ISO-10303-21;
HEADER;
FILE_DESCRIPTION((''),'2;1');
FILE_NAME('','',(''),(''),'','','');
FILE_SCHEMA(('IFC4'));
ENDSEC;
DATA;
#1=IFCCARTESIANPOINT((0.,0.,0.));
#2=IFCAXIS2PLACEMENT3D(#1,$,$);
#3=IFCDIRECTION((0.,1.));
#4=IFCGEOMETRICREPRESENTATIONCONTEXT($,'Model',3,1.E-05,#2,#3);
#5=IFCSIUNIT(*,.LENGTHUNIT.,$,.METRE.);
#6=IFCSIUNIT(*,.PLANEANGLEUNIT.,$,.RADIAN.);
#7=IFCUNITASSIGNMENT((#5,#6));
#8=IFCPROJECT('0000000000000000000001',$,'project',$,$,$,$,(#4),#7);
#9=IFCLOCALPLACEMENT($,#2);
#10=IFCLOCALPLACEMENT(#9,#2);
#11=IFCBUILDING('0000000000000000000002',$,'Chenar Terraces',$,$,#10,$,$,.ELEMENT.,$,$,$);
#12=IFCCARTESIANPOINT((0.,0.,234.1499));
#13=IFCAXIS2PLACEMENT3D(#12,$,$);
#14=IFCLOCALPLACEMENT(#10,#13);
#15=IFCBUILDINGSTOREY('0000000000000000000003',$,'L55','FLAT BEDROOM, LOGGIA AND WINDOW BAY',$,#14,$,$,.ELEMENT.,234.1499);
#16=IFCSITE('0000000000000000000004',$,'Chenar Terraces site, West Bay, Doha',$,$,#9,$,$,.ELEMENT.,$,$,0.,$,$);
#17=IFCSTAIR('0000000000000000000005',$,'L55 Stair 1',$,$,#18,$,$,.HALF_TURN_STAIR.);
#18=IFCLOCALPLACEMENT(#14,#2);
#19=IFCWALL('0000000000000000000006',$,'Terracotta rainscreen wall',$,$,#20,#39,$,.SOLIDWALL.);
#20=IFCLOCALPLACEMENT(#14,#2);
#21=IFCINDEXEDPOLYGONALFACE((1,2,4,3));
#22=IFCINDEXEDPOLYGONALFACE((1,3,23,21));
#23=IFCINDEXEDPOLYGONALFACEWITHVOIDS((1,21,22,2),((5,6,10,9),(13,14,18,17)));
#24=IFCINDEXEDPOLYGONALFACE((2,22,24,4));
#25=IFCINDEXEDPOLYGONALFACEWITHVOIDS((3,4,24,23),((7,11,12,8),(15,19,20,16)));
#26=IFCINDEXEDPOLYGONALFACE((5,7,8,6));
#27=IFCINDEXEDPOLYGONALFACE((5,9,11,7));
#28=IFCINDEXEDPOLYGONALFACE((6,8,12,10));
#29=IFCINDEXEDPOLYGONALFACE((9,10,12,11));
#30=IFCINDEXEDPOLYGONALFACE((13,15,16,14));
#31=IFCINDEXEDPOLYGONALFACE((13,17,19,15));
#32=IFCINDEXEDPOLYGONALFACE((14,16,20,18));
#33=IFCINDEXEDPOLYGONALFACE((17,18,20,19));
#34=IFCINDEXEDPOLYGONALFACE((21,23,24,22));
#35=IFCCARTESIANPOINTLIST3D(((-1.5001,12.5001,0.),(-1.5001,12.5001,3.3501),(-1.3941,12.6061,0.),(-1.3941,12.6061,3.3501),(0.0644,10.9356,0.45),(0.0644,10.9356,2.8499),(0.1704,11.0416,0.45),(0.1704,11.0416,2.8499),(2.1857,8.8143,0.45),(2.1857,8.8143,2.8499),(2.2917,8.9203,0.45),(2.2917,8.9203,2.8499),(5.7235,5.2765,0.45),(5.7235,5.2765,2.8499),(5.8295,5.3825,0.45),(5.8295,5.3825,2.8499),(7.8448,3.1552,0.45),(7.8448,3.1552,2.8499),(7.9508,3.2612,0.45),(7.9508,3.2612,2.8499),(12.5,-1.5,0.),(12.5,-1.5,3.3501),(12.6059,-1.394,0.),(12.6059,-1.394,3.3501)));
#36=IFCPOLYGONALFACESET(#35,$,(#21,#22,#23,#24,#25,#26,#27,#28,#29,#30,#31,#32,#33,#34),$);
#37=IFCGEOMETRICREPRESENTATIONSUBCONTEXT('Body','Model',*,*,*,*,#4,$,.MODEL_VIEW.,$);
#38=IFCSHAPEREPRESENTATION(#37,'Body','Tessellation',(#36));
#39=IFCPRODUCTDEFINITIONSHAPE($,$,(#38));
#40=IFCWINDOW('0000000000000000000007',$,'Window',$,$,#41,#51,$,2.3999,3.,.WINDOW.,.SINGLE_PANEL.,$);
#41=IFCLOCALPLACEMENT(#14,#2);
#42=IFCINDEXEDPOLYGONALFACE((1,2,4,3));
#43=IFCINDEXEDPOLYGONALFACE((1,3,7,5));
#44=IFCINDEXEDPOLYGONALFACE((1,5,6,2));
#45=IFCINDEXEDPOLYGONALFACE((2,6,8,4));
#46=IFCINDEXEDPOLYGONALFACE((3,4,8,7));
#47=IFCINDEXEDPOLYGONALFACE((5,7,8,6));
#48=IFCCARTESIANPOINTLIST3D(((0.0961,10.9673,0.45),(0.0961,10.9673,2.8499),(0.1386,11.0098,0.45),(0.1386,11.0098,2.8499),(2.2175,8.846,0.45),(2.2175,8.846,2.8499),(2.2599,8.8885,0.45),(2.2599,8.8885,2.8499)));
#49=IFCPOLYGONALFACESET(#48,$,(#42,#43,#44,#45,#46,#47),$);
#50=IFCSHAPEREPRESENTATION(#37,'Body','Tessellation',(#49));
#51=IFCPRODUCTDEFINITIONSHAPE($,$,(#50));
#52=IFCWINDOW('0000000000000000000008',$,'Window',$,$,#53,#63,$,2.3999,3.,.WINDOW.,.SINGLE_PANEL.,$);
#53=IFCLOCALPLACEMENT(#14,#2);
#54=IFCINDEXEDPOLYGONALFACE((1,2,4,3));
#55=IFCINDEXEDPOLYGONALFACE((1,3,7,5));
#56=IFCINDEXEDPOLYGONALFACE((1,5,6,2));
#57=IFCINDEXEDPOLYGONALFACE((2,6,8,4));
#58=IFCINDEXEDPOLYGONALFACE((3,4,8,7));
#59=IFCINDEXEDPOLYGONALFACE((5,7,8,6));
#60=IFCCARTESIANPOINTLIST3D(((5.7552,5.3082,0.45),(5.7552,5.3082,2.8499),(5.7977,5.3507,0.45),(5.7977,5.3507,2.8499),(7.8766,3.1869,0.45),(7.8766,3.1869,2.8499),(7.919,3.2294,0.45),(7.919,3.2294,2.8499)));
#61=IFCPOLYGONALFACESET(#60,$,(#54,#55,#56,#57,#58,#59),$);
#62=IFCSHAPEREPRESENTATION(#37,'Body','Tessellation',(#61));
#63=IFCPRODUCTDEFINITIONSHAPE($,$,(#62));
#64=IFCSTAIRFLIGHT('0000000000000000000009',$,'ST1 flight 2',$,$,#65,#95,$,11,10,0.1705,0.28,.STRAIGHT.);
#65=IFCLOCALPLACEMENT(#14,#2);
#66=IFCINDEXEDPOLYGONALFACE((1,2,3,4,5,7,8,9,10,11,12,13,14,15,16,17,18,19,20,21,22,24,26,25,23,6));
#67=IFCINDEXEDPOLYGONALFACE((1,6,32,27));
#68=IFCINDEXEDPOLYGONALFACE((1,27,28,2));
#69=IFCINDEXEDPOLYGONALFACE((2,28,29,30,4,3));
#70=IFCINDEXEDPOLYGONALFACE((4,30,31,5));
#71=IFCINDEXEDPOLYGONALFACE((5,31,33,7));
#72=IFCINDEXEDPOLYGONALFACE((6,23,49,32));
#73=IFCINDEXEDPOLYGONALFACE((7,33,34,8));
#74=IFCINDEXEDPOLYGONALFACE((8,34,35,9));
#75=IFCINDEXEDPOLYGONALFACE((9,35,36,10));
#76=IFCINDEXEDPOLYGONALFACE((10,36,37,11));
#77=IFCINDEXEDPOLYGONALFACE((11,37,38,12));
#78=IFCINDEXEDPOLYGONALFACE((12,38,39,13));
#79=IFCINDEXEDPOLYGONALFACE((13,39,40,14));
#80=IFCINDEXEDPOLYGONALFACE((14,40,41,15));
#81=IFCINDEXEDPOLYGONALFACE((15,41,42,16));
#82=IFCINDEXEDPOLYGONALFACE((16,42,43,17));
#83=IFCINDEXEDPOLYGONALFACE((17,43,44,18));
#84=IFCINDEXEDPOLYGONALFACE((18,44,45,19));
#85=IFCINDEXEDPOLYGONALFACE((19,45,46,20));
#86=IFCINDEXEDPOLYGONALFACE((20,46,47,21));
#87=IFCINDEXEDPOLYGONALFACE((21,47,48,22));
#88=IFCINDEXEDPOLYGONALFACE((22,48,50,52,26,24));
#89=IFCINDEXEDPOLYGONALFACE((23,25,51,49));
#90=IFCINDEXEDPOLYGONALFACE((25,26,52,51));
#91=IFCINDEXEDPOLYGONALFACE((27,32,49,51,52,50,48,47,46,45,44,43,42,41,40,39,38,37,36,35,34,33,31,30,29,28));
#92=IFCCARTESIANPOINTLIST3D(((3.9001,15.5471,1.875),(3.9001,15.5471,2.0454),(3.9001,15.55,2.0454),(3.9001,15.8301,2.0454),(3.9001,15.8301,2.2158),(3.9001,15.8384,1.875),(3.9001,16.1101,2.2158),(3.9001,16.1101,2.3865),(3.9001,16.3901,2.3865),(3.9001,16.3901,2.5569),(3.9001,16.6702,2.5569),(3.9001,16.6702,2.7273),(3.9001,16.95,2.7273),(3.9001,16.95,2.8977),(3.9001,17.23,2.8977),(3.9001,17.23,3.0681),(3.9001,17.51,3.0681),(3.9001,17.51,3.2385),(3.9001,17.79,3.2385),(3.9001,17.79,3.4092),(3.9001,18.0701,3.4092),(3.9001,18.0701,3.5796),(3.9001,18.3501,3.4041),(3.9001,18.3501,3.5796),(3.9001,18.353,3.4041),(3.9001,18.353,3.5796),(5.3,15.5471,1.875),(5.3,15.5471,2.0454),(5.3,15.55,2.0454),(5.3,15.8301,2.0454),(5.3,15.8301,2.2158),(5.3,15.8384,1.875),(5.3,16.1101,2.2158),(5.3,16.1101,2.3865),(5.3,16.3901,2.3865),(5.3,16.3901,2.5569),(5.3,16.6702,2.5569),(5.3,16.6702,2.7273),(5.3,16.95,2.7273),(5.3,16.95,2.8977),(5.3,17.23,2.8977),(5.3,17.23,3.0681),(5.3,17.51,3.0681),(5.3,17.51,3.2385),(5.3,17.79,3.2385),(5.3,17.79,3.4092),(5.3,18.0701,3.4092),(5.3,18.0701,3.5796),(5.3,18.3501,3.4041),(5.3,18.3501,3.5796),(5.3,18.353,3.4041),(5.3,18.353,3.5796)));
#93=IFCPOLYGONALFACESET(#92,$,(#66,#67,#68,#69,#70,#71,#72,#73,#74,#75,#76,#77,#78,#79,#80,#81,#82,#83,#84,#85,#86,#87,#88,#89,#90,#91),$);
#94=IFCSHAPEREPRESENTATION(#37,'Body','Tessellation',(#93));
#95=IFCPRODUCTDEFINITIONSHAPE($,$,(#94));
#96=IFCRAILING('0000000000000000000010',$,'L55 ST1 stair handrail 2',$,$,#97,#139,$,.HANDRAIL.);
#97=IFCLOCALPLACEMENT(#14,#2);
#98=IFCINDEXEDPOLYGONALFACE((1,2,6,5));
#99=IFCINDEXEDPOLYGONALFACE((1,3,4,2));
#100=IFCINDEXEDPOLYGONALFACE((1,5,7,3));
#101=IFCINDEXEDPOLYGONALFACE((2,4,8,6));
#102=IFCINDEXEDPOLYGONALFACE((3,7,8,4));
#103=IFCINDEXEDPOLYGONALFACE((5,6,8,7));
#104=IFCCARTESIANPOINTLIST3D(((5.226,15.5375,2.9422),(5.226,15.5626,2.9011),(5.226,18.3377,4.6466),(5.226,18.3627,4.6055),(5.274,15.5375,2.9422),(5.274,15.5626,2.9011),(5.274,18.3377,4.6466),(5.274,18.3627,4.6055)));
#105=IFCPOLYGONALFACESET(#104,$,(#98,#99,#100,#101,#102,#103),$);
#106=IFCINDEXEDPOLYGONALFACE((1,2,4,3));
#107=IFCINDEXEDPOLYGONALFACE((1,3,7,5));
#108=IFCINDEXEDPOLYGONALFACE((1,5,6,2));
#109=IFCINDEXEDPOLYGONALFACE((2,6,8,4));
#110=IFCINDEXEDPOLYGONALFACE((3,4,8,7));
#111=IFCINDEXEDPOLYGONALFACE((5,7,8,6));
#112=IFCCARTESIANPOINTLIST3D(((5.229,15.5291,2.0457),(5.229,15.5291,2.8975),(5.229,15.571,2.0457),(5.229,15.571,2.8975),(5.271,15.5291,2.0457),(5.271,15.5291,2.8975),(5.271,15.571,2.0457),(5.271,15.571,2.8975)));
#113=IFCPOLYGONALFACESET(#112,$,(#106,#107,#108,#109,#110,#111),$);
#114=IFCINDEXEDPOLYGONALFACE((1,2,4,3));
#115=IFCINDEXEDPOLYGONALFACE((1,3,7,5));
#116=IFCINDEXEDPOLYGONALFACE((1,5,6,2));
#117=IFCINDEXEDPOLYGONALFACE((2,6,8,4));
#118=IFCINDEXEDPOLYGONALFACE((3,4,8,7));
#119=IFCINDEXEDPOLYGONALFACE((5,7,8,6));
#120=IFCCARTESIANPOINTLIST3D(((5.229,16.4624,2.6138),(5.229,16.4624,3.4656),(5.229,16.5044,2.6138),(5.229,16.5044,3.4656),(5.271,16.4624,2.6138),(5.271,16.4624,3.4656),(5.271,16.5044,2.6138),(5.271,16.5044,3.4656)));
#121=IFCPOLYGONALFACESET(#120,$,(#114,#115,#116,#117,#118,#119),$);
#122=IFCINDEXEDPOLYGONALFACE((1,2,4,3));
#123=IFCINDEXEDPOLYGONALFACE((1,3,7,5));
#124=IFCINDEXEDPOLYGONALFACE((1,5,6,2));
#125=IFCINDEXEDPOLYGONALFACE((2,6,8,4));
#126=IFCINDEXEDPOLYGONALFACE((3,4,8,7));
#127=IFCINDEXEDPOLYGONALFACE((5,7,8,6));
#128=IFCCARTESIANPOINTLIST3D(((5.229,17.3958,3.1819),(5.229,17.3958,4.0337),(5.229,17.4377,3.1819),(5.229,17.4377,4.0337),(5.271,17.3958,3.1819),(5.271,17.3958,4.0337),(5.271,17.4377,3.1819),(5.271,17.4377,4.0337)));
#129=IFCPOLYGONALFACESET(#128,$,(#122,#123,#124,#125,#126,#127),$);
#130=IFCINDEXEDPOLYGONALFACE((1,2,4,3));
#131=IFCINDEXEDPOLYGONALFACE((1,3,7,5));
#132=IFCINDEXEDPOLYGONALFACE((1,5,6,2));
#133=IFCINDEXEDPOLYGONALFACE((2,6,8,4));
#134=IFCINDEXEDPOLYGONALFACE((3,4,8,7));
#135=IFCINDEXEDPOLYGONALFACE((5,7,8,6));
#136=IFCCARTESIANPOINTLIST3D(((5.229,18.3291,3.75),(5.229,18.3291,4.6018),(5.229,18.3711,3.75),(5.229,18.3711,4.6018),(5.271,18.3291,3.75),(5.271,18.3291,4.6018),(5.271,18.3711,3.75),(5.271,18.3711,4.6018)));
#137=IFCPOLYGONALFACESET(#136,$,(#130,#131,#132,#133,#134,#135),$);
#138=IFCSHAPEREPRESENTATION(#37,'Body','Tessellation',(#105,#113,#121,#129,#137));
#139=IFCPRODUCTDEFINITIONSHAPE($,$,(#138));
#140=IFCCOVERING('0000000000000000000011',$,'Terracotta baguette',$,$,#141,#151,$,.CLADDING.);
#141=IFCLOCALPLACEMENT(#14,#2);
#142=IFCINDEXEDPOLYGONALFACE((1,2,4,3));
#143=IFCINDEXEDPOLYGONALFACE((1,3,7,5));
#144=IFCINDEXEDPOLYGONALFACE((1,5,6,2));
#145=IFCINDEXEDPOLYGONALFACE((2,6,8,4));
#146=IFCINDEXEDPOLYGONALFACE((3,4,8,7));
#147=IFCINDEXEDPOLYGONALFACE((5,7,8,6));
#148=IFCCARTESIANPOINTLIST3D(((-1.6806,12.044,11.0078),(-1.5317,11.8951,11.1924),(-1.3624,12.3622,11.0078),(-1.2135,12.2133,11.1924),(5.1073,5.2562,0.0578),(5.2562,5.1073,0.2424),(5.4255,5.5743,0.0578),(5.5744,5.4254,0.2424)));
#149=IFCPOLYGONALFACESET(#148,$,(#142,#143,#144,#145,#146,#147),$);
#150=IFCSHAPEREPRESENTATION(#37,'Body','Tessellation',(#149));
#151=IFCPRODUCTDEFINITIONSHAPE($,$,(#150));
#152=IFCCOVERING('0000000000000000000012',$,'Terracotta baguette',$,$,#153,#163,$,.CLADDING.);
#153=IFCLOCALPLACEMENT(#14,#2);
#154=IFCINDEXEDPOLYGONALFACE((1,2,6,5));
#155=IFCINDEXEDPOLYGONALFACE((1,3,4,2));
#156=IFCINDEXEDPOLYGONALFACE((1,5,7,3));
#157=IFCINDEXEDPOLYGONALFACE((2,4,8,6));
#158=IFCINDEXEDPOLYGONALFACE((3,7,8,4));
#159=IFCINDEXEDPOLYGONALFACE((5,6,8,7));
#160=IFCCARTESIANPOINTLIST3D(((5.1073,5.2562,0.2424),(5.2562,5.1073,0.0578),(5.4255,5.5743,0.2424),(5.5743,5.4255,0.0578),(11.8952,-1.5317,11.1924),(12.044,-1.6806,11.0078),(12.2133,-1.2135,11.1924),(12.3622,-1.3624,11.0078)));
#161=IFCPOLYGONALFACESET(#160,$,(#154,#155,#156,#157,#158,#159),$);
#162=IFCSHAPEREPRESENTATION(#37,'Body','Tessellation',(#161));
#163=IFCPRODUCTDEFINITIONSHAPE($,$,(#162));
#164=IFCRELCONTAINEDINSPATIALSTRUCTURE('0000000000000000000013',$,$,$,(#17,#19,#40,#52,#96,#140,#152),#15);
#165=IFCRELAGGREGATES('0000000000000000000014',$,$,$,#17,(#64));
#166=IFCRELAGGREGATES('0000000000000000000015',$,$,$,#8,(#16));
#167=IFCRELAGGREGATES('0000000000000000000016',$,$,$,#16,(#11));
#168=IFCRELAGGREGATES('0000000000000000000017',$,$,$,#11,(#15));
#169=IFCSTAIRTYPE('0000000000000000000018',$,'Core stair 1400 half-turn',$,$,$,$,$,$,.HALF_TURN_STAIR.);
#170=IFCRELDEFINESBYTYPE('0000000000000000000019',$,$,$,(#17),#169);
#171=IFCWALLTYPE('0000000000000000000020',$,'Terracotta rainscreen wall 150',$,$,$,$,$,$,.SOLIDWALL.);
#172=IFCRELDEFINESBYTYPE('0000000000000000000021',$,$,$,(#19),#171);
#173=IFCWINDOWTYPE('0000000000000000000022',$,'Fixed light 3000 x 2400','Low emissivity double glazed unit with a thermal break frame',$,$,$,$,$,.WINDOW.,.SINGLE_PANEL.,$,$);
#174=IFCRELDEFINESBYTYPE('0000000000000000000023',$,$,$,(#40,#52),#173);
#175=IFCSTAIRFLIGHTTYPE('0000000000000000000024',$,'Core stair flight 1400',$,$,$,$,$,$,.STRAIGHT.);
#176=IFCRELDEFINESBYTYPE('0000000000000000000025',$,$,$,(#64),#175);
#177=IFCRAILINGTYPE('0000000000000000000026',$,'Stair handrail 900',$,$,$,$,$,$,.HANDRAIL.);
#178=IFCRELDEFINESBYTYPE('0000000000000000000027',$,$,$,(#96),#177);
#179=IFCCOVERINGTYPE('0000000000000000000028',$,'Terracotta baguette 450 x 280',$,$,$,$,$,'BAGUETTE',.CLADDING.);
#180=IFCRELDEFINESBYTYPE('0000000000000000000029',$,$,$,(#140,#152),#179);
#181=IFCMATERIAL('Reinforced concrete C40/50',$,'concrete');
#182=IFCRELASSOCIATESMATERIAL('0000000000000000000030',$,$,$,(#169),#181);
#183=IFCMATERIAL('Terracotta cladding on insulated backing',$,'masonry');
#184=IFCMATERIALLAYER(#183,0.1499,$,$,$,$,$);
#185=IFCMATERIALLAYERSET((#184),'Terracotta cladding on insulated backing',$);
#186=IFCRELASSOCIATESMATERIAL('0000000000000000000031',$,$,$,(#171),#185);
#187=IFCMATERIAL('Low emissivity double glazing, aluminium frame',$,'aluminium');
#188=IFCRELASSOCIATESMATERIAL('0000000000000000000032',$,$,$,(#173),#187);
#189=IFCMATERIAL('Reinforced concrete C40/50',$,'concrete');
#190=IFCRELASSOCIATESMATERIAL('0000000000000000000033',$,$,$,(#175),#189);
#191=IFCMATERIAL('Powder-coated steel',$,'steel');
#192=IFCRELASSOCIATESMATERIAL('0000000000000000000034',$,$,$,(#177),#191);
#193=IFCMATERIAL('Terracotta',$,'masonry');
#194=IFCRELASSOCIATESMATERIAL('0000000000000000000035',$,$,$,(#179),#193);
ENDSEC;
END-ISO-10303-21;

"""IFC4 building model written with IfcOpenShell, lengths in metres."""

from ifc_helpers import new_model, si_unit, direction, frame, frame_2d, origin, origin_2d, place, context, subcontext, project, spatial, polyline, rectangle, outline, extrude, material, layer, layer_set, material_profile, profile_set, type_object, element, fill, aggregate, save


model = new_model("IFC4")

# Units and contexts
model_context = context("Model", 3, precision=1e-05, world=origin(), true_north=direction((0.0, 1.0)))
body_context = subcontext(model_context, "Body", "Model", "MODEL_VIEW")
ifc_project = project(units=[si_unit("LENGTHUNIT", "METRE"), si_unit("PLANEANGLEUNIT", "RADIAN")], contexts=[model_context])

# Site, building, storey
site_placement = place(None, origin())
site = spatial("IfcSite", under=ifc_project, at=site_placement, Name="Chenar Terraces site, West Bay, Doha", CompositionType="ELEMENT", RefElevation=0.0)
building_placement = place(site_placement, origin())
building = spatial("IfcBuilding", under=site, at=building_placement, Name="Chenar Terraces", CompositionType="ELEMENT")
storey_placement = place(building_placement, frame((0.0, 0.0, 234.1499)))
storey = spatial("IfcBuildingStorey", under=building, at=storey_placement, Name="L55", Description="FLAT BEDROOM, LOGGIA AND WINDOW BAY", CompositionType="ELEMENT", Elevation=234.1499)

# Stair
ifc_material_1 = material(Name="Reinforced concrete C40/50", Category="concrete")
stair_type = type_object("IfcStairType", Name="Core stair 1400 half-turn", PredefinedType="HALF_TURN_STAIR", material=ifc_material_1)
placement_1 = place(storey_placement, origin())
stair_1 = element("IfcStair", 1, at=placement_1, inside=storey, type_object=stair_type, Name="L55 Stair 1", PredefinedType="HALF_TURN_STAIR")

# Wall, openings, windows
ifc_material_2 = material(Name="Terracotta cladding on insulated backing", Category="masonry")
ifc_layer_1 = layer(ifc_material_2, 0.1499)
ifc_layer_set_1 = layer_set([ifc_layer_1], Name="Terracotta cladding on insulated backing")
wall_type_1 = type_object("IfcWallType", Name="Terracotta rainscreen wall 150", PredefinedType="SOLIDWALL", material=ifc_layer_set_1)
wall_1_placement = place(storey_placement, frame((-1.447, 12.553, 0.0), z_axis=(0.0, 0.0, 1.0), x_axis=(0.707107, -0.707107, 0.0)))
wall_1 = element("IfcWall", 2, at=wall_1_placement, inside=storey, type_object=wall_type_1, Name="Terracotta rainscreen wall", PredefinedType="SOLIDWALL", context=body_context, shape_type="SweptSolid", body=[
    extrude(rectangle(XDim=19.7991, YDim=0.1499, at=frame_2d((9.8994, 0.0))), origin(), (0.0, 0.0, 1.0), 3.3501),
])
opening_1_placement = place(wall_1_placement, frame((2.2124, 0.0, 0.45)))
opening_1 = element("IfcOpeningElement", 3, at=opening_1_placement, cuts=wall_1, PredefinedType="OPENING", context=body_context, shape_type="SweptSolid", body=[
    extrude(rectangle(XDim=3.0, YDim=2.3999, at=frame_2d((1.5, 1.2))), frame((0.0, 0.085, 0.0), z_axis=(0.0, -1.0, 0.0), x_axis=(1.0, 0.0, 0.0)), (0.0, 0.0, 1.0), 0.1699),
])
opening_2_placement = place(wall_1_placement, frame((10.2156, 0.0, 0.45)))
opening_2 = element("IfcOpeningElement", 4, at=opening_2_placement, cuts=wall_1, PredefinedType="OPENING", context=body_context, shape_type="SweptSolid", body=[
    extrude(rectangle(XDim=3.0, YDim=2.3999, at=frame_2d((1.5, 1.2))), frame((0.0, 0.085, 0.0), z_axis=(0.0, -1.0, 0.0), x_axis=(1.0, 0.0, 0.0)), (0.0, 0.0, 1.0), 0.1699),
])
ifc_material_3 = material(Name="Low emissivity double glazing, aluminium frame", Category="aluminium")
window_type = type_object("IfcWindowType", Name="Fixed light 3000 x 2400", Description="Low emissivity double glazed unit with a thermal break frame", PartitioningType="SINGLE_PANEL", PredefinedType="WINDOW", material=ifc_material_3)
window_1_placement = place(opening_1_placement, origin())
window_1 = element("IfcWindow", 5, at=window_1_placement, inside=storey, type_object=window_type, Name="Window", OverallHeight=2.3999, OverallWidth=3.0, PartitioningType="SINGLE_PANEL", PredefinedType="WINDOW", context=body_context, shape_type="SweptSolid", body=[
    extrude(rectangle(XDim=3.0, YDim=2.3999, at=frame_2d((1.5, 1.2))), frame((0.0, 0.03, 0.0), z_axis=(0.0, -1.0, 0.0), x_axis=(1.0, 0.0, 0.0)), (0.0, 0.0, 1.0), 0.0601),
])
fill(opening_1, window_1)
window_2_placement = place(opening_2_placement, origin())
window_2 = element("IfcWindow", 6, at=window_2_placement, inside=storey, type_object=window_type, Name="Window", OverallHeight=2.3999, OverallWidth=3.0, PartitioningType="SINGLE_PANEL", PredefinedType="WINDOW", context=body_context, shape_type="SweptSolid", body=[
    extrude(rectangle(XDim=3.0, YDim=2.3999, at=frame_2d((1.5, 1.2))), frame((0.0, 0.03, 0.0), z_axis=(0.0, -1.0, 0.0), x_axis=(1.0, 0.0, 0.0)), (0.0, 0.0, 1.0), 0.0601),
])
fill(opening_2, window_2)

# Stair flight
ifc_material_4 = material(Name="Reinforced concrete C40/50", Category="concrete")
stair_flight_type = type_object("IfcStairFlightType", Name="Core stair flight 1400", PredefinedType="STRAIGHT", material=ifc_material_4)
stair_flight_placement = place(storey_placement, frame((4.6001, 15.55, 1.875), z_axis=(0.0, 0.0, 1.0), x_axis=(0.0, 1.0, 0.0)))
stair_flight = element("IfcStairFlight", 7, at=stair_flight_placement, type_object=stair_flight_type, Name="ST1 flight 2", NumberOfRisers=11, NumberOfTreads=10, PredefinedType="STRAIGHT", RiserHeight=0.1705, TreadLength=0.28, context=body_context, shape_type="SweptSolid", body=[
    extrude(outline(polyline([(-0.0029, 0.0), (-0.0029, 0.1704), (0.0, 0.1704), (0.28, 0.1704), (0.28, 0.3408), (0.5601, 0.3408), (0.5601, 0.5115), (0.8401, 0.5115), (0.8401, 0.6819), (1.1201, 0.6819), (1.1201, 0.8523), (1.3999, 0.8523), (1.3999, 1.0227), (1.6799, 1.0227), (1.6799, 1.1931), (1.96, 1.1931), (1.96, 1.3635), (2.24, 1.3635), (2.24, 1.5342), (2.52, 1.5342), (2.52, 1.7046), (2.8, 1.7046), (2.803, 1.7046), (2.803, 1.5291), (2.8, 1.5291), (0.2883, 0.0), (-0.0029, 0.0)])), frame((0.0, 0.7, 0.0), z_axis=(0.0, -1.0, 0.0), x_axis=(1.0, 0.0, 0.0)), (0.0, 0.0, 1.0), 1.3999),
])
aggregate(stair_1, [stair_flight])

# Railing
ifc_material_5 = material(Name="Powder-coated steel", Category="steel")
railing_type = type_object("IfcRailingType", Name="Stair handrail 900", PredefinedType="HANDRAIL", material=ifc_material_5)
railing_placement = place(storey_placement, frame((5.25, 15.55, 2.0457)))
element("IfcRailing", 8, at=railing_placement, inside=storey, type_object=railing_type, Name="L55 ST1 stair handrail 2", PredefinedType="HANDRAIL", context=body_context, shape_type="SweptSolid", body=[
    extrude(rectangle(XDim=0.0481, YDim=0.0481, at=origin_2d()), frame((0.0, 0.0, 0.876), z_axis=(0.0, 0.854203, 0.51994), x_axis=(-1.0, 0.0, 0.0)), (0.0, 0.0, 1.0), 3.2781),
    extrude(rectangle(XDim=0.042, YDim=0.042, at=origin_2d()), origin(), (0.0, 0.0, 1.0), 0.8518),
    extrude(rectangle(XDim=0.042, YDim=0.042, at=origin_2d()), frame((0.0, 0.9333, 0.5681)), (0.0, 0.0, 1.0), 0.8518),
    extrude(rectangle(XDim=0.042, YDim=0.042, at=origin_2d()), frame((0.0, 1.8667, 1.1362)), (0.0, 0.0, 1.0), 0.8518),
    extrude(rectangle(XDim=0.042, YDim=0.042, at=origin_2d()), frame((0.0, 2.8, 1.7043)), (0.0, 0.0, 1.0), 0.8518),
])

# Coverings
ifc_material_6 = material(Name="Terracotta", Category="masonry")
ifc_material_profile = material_profile(ifc_material_6, rectangle(XDim=0.45, YDim=0.28, at=origin_2d()), Name="Terracotta baguette 450 x 280")
ifc_profile_set = profile_set([ifc_material_profile], Name="Terracotta")
covering_type = type_object("IfcCoveringType", Name="Terracotta baguette 450 x 280", ElementType="BAGUETTE", PredefinedType="CLADDING", material=ifc_profile_set)
for number, where, z_axis, x_axis, name in (
    (9, (-1.447, 12.1287, 11.1001), (0.466135, -0.466135, -0.751955), (0.707107, 0.707107, 0.0), "Terracotta baguette"),
    (10, (5.3408, 5.3408, 0.1501), (0.466135, -0.466135, 0.751955), (0.707107, 0.707107, 0.0), "Terracotta baguette"),
):
    element("IfcCovering", number, at=place(storey_placement, frame(where, z_axis=z_axis, x_axis=x_axis)), inside=storey, type_object=covering_type, Name=name, PredefinedType="CLADDING", context=body_context, shape_type="SweptSolid", body=[
        extrude(rectangle(XDim=0.45, YDim=0.28, at=origin_2d()), origin(), (0.0, 0.0, 1.0), 14.562),
    ])

save(model, "model.ifc")
